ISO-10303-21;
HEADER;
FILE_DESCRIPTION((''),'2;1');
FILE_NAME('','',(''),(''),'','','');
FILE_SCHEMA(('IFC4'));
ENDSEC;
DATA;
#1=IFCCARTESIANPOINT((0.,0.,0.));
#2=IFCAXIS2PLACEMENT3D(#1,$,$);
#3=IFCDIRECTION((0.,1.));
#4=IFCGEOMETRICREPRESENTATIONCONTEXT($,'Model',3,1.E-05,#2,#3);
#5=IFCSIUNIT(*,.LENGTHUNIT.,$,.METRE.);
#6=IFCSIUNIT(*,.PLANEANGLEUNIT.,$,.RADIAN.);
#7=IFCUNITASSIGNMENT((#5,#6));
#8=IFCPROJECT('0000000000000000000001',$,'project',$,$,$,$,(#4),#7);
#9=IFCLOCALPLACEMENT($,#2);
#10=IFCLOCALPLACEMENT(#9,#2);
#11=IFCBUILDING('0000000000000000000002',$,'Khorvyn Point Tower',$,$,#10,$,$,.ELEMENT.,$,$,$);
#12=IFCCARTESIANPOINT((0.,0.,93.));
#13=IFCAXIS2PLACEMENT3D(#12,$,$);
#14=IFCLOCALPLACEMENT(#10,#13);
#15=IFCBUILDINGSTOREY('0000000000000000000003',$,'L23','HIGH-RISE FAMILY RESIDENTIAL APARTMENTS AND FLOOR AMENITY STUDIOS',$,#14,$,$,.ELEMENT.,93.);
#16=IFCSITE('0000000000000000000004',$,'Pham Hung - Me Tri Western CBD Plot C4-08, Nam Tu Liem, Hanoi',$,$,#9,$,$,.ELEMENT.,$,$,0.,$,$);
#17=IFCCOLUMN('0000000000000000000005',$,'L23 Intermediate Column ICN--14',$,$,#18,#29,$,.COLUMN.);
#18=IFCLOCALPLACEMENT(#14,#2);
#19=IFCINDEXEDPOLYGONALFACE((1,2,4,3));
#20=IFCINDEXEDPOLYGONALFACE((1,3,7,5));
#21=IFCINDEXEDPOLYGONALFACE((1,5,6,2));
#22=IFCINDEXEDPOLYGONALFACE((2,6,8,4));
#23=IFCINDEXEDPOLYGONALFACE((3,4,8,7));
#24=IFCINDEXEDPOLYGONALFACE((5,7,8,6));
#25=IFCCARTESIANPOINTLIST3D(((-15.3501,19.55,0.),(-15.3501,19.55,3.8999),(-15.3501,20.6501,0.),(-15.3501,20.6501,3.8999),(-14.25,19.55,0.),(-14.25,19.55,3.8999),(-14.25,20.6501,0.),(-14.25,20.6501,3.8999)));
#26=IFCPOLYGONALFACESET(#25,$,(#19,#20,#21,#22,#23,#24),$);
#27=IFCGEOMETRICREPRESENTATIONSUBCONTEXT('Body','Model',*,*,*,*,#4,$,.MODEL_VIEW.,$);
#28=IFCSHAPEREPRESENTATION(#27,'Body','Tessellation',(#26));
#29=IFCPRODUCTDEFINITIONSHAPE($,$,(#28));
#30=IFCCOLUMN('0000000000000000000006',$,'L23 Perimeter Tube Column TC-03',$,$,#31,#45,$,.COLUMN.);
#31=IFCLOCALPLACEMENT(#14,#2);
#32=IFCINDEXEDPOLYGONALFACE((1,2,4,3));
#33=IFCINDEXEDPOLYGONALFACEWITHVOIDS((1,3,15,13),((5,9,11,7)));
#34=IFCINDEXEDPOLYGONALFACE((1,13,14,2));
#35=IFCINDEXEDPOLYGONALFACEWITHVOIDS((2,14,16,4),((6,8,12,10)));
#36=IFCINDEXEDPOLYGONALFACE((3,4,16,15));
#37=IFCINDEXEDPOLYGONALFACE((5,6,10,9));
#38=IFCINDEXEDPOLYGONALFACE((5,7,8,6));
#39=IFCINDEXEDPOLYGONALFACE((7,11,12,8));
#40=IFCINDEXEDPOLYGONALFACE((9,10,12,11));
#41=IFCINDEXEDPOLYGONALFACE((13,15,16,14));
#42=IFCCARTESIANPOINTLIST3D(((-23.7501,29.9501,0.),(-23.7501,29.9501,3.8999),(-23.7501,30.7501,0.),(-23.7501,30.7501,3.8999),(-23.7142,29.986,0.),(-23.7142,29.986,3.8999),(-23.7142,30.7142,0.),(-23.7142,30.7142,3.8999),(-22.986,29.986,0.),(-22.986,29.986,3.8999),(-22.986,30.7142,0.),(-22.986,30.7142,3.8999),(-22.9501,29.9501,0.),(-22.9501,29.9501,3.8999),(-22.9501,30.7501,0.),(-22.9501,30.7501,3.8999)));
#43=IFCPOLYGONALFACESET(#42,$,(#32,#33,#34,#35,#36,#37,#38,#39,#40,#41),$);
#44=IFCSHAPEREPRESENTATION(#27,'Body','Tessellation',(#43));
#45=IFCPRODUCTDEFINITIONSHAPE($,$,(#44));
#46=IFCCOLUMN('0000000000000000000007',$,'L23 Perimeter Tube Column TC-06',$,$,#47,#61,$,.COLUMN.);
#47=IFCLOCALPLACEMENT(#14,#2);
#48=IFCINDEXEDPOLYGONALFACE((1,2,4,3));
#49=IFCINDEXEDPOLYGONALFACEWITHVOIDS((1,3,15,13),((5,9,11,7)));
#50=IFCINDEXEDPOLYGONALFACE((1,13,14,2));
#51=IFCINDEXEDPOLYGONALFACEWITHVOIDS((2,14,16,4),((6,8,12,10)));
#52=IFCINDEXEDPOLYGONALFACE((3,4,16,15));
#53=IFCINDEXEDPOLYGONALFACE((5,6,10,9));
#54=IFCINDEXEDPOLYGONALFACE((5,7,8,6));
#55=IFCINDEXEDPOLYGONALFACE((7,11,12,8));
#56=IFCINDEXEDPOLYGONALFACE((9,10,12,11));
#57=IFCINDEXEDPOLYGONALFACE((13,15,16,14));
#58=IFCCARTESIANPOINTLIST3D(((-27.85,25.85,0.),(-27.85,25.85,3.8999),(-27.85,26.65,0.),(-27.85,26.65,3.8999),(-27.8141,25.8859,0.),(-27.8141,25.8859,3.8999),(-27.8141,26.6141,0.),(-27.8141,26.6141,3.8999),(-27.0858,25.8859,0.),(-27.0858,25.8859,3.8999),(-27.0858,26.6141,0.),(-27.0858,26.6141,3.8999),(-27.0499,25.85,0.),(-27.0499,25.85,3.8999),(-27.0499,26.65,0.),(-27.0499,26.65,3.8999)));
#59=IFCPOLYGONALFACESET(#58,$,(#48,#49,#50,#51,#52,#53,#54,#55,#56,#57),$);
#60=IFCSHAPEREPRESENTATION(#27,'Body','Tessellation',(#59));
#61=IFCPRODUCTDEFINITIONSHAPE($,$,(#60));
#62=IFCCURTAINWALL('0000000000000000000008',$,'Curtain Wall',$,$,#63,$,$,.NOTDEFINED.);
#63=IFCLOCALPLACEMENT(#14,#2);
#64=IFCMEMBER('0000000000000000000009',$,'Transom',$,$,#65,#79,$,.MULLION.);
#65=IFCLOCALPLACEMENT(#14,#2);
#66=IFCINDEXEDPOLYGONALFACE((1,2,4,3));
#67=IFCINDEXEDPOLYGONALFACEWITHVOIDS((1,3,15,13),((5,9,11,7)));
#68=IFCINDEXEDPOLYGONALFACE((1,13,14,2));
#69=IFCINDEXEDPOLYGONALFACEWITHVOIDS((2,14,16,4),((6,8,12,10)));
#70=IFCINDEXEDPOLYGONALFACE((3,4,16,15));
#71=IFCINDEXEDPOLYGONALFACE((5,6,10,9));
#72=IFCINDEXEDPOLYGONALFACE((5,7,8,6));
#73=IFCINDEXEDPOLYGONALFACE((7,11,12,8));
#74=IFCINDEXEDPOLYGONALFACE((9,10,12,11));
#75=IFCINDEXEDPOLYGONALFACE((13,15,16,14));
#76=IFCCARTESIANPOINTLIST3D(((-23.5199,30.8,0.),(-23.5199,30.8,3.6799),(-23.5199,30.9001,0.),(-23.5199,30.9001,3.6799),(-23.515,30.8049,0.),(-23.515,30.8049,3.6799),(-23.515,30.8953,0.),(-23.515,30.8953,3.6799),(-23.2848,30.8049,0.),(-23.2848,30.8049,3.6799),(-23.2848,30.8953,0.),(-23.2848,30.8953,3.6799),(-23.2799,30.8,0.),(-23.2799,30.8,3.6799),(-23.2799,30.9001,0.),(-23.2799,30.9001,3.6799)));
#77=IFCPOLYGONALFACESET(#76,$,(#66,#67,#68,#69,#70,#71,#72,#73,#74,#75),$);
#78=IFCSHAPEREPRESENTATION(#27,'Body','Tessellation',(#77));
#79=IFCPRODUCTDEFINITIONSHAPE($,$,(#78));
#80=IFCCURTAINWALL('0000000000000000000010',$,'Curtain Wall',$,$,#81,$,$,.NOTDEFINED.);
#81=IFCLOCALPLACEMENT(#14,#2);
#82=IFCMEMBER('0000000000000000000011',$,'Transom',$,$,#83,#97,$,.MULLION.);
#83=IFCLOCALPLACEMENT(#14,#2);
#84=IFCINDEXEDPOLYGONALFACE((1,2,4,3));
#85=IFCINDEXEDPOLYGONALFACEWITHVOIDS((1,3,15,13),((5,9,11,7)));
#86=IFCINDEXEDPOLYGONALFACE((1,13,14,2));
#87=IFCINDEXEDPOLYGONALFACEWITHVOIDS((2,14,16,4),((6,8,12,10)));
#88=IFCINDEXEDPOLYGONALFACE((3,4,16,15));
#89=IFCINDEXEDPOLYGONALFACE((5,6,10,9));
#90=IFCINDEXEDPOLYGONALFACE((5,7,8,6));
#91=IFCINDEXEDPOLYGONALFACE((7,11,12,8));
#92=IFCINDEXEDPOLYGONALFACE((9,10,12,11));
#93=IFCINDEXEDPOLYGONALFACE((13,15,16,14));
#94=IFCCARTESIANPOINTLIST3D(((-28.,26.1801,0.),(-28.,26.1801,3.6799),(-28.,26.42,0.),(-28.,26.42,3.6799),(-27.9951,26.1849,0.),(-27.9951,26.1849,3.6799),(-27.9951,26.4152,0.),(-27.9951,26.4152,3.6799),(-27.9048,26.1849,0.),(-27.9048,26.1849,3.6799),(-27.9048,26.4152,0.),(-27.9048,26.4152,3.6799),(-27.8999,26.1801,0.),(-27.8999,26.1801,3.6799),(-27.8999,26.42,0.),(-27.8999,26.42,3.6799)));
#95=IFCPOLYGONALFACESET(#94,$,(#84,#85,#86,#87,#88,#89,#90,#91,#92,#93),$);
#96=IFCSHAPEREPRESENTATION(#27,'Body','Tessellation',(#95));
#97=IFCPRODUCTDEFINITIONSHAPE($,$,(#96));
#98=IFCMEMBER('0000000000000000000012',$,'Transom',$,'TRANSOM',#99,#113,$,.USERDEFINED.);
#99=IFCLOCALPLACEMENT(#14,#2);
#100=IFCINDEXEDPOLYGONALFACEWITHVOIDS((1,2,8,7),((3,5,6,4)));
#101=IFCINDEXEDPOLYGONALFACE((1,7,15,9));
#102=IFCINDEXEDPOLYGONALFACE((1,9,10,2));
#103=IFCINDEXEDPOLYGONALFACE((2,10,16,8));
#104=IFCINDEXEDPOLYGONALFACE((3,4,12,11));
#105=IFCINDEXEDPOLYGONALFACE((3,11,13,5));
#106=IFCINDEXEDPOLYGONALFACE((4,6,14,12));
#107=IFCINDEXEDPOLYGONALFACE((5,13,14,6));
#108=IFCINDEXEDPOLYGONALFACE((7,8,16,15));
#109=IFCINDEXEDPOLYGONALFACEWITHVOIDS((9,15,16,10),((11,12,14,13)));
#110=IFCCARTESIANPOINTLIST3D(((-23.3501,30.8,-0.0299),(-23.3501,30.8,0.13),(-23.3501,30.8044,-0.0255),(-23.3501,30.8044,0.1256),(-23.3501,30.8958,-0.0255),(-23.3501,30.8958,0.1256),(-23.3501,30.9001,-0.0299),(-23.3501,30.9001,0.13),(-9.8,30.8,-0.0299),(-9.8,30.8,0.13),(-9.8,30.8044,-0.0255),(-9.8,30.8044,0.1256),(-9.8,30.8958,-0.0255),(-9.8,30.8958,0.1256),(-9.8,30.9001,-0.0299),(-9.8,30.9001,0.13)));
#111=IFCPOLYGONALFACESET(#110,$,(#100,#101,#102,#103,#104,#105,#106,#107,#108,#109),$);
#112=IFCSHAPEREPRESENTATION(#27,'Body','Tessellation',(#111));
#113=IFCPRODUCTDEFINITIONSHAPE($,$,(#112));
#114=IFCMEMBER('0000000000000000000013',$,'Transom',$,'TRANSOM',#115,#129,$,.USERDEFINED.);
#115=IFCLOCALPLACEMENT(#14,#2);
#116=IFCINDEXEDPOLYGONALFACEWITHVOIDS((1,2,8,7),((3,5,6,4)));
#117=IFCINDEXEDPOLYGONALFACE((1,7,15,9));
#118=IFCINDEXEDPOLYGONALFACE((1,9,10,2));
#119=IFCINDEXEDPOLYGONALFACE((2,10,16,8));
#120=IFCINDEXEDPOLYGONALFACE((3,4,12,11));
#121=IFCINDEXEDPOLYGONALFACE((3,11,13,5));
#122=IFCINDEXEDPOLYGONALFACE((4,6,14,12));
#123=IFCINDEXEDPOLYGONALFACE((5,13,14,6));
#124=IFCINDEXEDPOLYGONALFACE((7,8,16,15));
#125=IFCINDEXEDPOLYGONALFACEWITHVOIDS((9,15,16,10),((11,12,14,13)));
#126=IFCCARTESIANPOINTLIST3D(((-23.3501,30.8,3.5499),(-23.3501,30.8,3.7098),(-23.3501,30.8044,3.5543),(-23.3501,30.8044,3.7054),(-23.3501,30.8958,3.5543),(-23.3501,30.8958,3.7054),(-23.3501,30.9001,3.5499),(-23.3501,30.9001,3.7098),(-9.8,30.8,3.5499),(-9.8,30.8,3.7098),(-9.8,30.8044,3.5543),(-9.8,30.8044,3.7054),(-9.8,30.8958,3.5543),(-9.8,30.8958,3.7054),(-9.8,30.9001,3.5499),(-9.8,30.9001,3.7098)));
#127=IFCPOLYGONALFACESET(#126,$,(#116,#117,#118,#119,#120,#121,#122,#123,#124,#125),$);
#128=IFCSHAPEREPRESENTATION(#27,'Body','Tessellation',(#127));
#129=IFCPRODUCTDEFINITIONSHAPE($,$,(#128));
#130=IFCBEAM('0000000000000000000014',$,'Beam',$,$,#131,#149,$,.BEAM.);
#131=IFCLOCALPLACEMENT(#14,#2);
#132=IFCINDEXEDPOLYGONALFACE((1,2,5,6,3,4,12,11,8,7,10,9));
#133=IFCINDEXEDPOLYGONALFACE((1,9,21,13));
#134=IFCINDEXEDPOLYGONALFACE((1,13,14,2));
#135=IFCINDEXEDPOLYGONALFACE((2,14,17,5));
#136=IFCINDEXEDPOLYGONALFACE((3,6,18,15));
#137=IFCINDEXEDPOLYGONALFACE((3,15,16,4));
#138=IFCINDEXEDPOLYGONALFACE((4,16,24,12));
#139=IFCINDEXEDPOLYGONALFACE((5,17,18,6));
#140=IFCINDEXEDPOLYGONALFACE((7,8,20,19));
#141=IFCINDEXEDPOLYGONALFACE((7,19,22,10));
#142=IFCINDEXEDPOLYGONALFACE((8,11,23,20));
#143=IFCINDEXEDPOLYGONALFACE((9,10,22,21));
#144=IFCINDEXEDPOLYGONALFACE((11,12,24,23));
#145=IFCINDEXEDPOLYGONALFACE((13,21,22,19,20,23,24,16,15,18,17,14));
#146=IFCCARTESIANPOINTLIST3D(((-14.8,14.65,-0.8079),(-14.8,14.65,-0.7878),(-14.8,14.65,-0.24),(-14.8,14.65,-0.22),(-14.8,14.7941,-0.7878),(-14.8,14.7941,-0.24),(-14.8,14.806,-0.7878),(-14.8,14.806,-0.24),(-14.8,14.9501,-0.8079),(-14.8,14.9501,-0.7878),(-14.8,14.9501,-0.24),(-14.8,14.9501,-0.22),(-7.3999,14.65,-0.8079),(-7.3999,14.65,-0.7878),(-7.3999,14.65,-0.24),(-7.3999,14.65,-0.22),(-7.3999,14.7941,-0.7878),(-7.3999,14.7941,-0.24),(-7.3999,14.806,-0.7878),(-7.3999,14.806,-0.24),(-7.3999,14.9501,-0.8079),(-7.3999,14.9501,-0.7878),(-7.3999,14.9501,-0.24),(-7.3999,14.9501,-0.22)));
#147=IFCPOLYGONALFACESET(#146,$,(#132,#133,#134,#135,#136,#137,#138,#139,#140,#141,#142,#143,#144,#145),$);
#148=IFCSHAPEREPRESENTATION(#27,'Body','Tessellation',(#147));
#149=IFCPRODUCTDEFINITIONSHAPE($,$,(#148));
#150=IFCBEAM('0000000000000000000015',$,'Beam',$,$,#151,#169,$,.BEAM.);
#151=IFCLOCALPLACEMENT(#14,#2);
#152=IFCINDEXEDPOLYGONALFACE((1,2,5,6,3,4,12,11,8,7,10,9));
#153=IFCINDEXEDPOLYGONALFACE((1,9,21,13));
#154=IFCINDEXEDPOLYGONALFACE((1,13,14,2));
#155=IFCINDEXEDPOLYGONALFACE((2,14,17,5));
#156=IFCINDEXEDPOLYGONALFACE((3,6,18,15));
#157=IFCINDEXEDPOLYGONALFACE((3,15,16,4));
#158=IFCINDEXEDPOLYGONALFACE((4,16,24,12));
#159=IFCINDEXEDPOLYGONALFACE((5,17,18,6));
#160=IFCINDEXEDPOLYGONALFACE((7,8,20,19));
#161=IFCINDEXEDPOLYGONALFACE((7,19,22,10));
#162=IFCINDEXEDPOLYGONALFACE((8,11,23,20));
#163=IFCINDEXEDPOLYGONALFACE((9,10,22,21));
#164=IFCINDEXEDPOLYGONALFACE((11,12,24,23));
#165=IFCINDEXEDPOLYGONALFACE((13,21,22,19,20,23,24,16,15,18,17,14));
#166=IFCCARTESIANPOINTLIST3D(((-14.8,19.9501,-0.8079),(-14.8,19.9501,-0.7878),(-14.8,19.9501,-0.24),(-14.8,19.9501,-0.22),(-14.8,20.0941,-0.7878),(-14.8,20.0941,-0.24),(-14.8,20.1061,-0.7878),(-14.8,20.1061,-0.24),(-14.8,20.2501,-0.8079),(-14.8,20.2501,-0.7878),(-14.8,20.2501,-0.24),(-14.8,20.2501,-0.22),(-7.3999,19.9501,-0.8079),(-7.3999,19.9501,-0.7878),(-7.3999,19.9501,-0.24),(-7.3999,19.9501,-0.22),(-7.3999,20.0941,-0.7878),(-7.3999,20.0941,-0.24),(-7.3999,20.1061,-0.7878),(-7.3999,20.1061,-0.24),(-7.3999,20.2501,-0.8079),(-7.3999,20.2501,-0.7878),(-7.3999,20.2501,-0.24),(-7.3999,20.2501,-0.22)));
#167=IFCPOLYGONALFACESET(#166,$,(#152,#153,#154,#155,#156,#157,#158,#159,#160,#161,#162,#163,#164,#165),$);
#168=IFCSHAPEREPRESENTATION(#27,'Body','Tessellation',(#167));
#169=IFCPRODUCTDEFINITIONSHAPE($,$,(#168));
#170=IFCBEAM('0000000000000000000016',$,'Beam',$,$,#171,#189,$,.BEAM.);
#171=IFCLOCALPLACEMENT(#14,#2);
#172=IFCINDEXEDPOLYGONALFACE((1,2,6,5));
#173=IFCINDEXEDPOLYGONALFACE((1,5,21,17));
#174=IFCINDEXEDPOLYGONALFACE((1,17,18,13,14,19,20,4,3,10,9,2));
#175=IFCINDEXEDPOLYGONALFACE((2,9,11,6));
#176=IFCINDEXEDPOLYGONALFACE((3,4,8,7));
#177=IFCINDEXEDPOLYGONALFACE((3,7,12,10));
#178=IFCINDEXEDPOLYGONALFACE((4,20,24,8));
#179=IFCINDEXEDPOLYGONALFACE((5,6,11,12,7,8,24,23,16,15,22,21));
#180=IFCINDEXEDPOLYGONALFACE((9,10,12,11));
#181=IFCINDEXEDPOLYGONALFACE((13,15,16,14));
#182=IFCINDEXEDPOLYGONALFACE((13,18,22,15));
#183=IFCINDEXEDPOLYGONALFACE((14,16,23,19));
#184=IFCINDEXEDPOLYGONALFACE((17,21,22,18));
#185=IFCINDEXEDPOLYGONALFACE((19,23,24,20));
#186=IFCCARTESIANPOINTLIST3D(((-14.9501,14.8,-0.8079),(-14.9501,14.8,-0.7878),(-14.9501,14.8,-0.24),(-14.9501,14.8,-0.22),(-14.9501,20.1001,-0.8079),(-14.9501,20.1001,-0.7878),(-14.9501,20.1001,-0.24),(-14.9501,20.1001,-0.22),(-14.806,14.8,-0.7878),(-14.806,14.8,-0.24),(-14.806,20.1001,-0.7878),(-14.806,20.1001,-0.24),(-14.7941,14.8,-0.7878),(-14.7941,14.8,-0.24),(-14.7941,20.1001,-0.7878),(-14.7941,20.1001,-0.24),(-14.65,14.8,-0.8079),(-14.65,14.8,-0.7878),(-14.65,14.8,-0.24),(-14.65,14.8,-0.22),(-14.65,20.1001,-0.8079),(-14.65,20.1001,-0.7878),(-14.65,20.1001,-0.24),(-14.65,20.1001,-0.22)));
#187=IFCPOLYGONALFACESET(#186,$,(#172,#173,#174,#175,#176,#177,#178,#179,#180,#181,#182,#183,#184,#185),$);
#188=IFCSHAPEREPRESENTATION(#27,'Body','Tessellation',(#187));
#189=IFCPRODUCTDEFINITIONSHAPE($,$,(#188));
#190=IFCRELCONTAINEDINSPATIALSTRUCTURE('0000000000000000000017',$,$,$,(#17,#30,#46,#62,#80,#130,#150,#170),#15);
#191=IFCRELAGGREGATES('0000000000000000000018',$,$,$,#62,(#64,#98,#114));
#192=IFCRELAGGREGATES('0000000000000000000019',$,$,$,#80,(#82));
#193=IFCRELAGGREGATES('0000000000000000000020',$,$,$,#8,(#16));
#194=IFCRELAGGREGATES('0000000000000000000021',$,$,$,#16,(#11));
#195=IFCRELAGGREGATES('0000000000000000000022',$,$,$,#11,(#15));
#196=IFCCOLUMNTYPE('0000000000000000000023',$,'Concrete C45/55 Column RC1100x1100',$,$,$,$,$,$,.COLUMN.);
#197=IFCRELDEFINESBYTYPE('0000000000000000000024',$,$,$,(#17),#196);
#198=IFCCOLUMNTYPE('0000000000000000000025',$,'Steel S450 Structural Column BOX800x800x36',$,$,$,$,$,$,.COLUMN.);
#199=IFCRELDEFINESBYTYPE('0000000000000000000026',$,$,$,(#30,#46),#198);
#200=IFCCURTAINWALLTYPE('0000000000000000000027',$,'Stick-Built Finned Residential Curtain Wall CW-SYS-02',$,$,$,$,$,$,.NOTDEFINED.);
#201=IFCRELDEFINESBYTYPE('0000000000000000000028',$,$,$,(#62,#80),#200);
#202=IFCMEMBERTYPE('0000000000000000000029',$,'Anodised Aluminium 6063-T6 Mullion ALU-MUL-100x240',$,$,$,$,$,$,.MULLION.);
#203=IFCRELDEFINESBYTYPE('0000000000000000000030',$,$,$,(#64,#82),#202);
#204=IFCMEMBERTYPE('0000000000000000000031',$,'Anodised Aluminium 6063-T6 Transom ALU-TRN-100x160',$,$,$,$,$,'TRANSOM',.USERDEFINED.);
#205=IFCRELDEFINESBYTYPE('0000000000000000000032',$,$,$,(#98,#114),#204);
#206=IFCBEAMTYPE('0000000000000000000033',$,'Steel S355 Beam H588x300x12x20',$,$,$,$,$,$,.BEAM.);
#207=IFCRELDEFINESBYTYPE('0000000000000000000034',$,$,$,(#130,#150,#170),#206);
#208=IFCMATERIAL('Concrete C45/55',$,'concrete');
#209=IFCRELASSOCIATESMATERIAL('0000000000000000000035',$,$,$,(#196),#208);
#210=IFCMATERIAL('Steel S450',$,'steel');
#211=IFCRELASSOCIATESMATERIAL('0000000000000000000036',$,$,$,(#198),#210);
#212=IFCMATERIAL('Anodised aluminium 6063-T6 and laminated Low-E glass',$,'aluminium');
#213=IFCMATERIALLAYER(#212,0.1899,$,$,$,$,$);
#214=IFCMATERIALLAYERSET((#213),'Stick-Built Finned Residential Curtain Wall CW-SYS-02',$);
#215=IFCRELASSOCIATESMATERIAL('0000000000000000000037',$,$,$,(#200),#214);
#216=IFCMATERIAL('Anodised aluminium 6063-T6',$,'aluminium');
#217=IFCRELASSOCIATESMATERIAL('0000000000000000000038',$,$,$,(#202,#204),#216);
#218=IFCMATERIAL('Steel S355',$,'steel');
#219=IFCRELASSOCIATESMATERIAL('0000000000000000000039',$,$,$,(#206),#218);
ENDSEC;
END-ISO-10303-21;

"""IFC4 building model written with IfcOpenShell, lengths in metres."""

from ifc_helpers import new_model, si_unit, direction, frame, origin, origin_2d, place, context, subcontext, project, spatial, rectangle, hollow_rectangle, i_section, extrude, material, layer, layer_set, material_profile, profile_set, type_object, element, aggregate, save


model = new_model("IFC4")

# Units and contexts
model_context = context("Model", 3, precision=1e-05, world=origin(), true_north=direction((0.0, 1.0)))
body_context = subcontext(model_context, "Body", "Model", "MODEL_VIEW")
ifc_project = project(units=[si_unit("LENGTHUNIT", "METRE"), si_unit("PLANEANGLEUNIT", "RADIAN")], contexts=[model_context])

# Site, building, storey
site_placement = place(None, origin())
site = spatial("IfcSite", under=ifc_project, at=site_placement, Name="Pham Hung - Me Tri Western CBD Plot C4-08, Nam Tu Liem, Hanoi", CompositionType="ELEMENT", RefElevation=0.0)
building_placement = place(site_placement, origin())
building = spatial("IfcBuilding", under=site, at=building_placement, Name="Khorvyn Point Tower", CompositionType="ELEMENT")
storey_placement = place(building_placement, frame((0.0, 0.0, 93.0)))
storey = spatial("IfcBuildingStorey", under=building, at=storey_placement, Name="L23", Description="HIGH-RISE FAMILY RESIDENTIAL APARTMENTS AND FLOOR AMENITY STUDIOS", CompositionType="ELEMENT", Elevation=93.0)

# Columns
ifc_material_1 = material(Name="Concrete C45/55", Category="concrete")
ifc_material_profile_1 = material_profile(ifc_material_1, rectangle(XDim=1.1001, YDim=1.1001, at=origin_2d()))
ifc_profile_set_1 = profile_set([ifc_material_profile_1], Name="Concrete C45/55 RC1100x1100")
column_type_1 = type_object("IfcColumnType", Name="Concrete C45/55 Column RC1100x1100", PredefinedType="COLUMN", material=ifc_profile_set_1)
column_placement = place(storey_placement, frame((-14.8, 20.1001, 0.0), z_axis=(0.0, 0.0, 1.0), x_axis=(1.0, 0.0, 0.0)))
element("IfcColumn", 1, at=column_placement, inside=storey, type_object=column_type_1, Name="L23 Intermediate Column ICN--14", PredefinedType="COLUMN", context=body_context, shape_type="SweptSolid", body=[
    extrude(rectangle(XDim=1.1001, YDim=1.1001, at=origin_2d()), origin(), (0.0, 0.0, 1.0), 3.8999),
])
ifc_material_2 = material(Name="Steel S450", Category="steel")
ifc_material_profile_2 = material_profile(ifc_material_2, hollow_rectangle(XDim=0.8, YDim=0.8, WallThickness=0.0359, at=origin_2d()))
ifc_profile_set_2 = profile_set([ifc_material_profile_2], Name="Steel S450 BOX800x800x36")
column_type_2 = type_object("IfcColumnType", Name="Steel S450 Structural Column BOX800x800x36", PredefinedType="COLUMN", material=ifc_profile_set_2)
for number, where, z_axis, x_axis, name in (
    (2, (-23.3501, 30.3501, 0.0), (0.0, 0.0, 1.0), (1.0, 0.0, 0.0), "L23 Perimeter Tube Column TC-03"),
    (3, (-27.45, 26.25, 0.0), (0.0, 0.0, 1.0), (1.0, 0.0, 0.0), "L23 Perimeter Tube Column TC-06"),
):
    element("IfcColumn", number, at=place(storey_placement, frame(where, z_axis=z_axis, x_axis=x_axis)), inside=storey, type_object=column_type_2, Name=name, PredefinedType="COLUMN", context=body_context, shape_type="SweptSolid", body=[
        extrude(hollow_rectangle(XDim=0.8, YDim=0.8, WallThickness=0.0359, at=origin_2d()), origin(), (0.0, 0.0, 1.0), 3.8999),
    ])

# Curtain walls, members
ifc_material_3 = material(Name="Anodised aluminium 6063-T6 and laminated Low-E glass", Category="aluminium")
ifc_layer_1 = layer(ifc_material_3, 0.1899)
ifc_layer_set_1 = layer_set([ifc_layer_1], Name="Stick-Built Finned Residential Curtain Wall CW-SYS-02")
curtain_wall_type = type_object("IfcCurtainWallType", Name="Stick-Built Finned Residential Curtain Wall CW-SYS-02", PredefinedType="NOTDEFINED", material=ifc_layer_set_1)
curtain_wall_1_placement = place(storey_placement, origin())
curtain_wall_1 = element("IfcCurtainWall", 4, at=curtain_wall_1_placement, inside=storey, type_object=curtain_wall_type, Name="Curtain Wall", PredefinedType="NOTDEFINED")
ifc_material_4 = material(Name="Anodised aluminium 6063-T6", Category="aluminium")
ifc_material_profile_3 = material_profile(ifc_material_4, hollow_rectangle(XDim=0.1001, YDim=0.24, WallThickness=0.0049, at=origin_2d()))
ifc_profile_set_3 = profile_set([ifc_material_profile_3], Name="Anodised aluminium 6063-T6 ALU-MUL-100x240")
member_type_1 = type_object("IfcMemberType", Name="Anodised Aluminium 6063-T6 Mullion ALU-MUL-100x240", PredefinedType="MULLION", material=ifc_profile_set_3)
member_1_placement = place(storey_placement, frame((-23.3999, 30.8501, 0.0), z_axis=(0.0, 0.0, 1.0), x_axis=(0.0, 1.0, 0.0)))
member_1 = element("IfcMember", 5, at=member_1_placement, type_object=member_type_1, Name="Transom", PredefinedType="MULLION", context=body_context, shape_type="SweptSolid", body=[
    extrude(hollow_rectangle(XDim=0.1001, YDim=0.24, WallThickness=0.0049, at=origin_2d()), origin(), (0.0, 0.0, 1.0), 3.6799),
])
curtain_wall_2_placement = place(storey_placement, origin())
curtain_wall_2 = element("IfcCurtainWall", 6, at=curtain_wall_2_placement, inside=storey, type_object=curtain_wall_type, Name="Curtain Wall", PredefinedType="NOTDEFINED")
member_2_placement = place(storey_placement, frame((-27.95, 26.3, 0.0), z_axis=(0.0, 0.0, 1.0), x_axis=(-1.0, 0.0, 0.0)))
member_2 = element("IfcMember", 7, at=member_2_placement, type_object=member_type_1, Name="Transom", PredefinedType="MULLION", context=body_context, shape_type="SweptSolid", body=[
    extrude(hollow_rectangle(XDim=0.1001, YDim=0.24, WallThickness=0.0049, at=origin_2d()), origin(), (0.0, 0.0, 1.0), 3.6799),
])

# Members
ifc_material_profile_4 = material_profile(ifc_material_4, hollow_rectangle(XDim=0.1001, YDim=0.1599, WallThickness=0.0044, at=origin_2d()))
ifc_profile_set_4 = profile_set([ifc_material_profile_4], Name="Anodised aluminium 6063-T6 ALU-TRN-100x160")
member_type_2 = type_object("IfcMemberType", Name="Anodised Aluminium 6063-T6 Transom ALU-TRN-100x160", ElementType="TRANSOM", PredefinedType="USERDEFINED", material=ifc_profile_set_4)
member_3_placement = place(storey_placement, frame((-23.3501, 30.8501, 0.05), z_axis=(1.0, 0.0, 0.0), x_axis=(0.0, 1.0, 0.0)))
member_3 = element("IfcMember", 8, at=member_3_placement, type_object=member_type_2, Name="Transom", ObjectType="TRANSOM", PredefinedType="USERDEFINED", context=body_context, shape_type="SweptSolid", body=[
    extrude(hollow_rectangle(XDim=0.1001, YDim=0.1599, WallThickness=0.0044, at=origin_2d()), origin(), (0.0, 0.0, 1.0), 13.55),
])
member_4_placement = place(storey_placement, frame((-23.3501, 30.8501, 3.6299), z_axis=(1.0, 0.0, 0.0), x_axis=(0.0, 1.0, 0.0)))
member_4 = element("IfcMember", 9, at=member_4_placement, type_object=member_type_2, Name="Transom", ObjectType="TRANSOM", PredefinedType="USERDEFINED", context=body_context, shape_type="SweptSolid", body=[
    extrude(hollow_rectangle(XDim=0.1001, YDim=0.1599, WallThickness=0.0044, at=origin_2d()), origin(), (0.0, 0.0, 1.0), 13.55),
])

# Beams
ifc_material_5 = material(Name="Steel S355", Category="steel")
ifc_material_profile_5 = material_profile(ifc_material_5, i_section(OverallWidth=0.3, OverallDepth=0.5879, WebThickness=0.012, FlangeThickness=0.02, at=origin_2d()))
ifc_profile_set_5 = profile_set([ifc_material_profile_5], Name="Steel S355 H588x300x12x20")
beam_type_1 = type_object("IfcBeamType", Name="Steel S355 Beam H588x300x12x20", PredefinedType="BEAM", material=ifc_profile_set_5)
for number, where, z_axis, x_axis, name in (
    (10, (-14.8, 14.8, -0.5139), (1.0, 0.0, 0.0), (0.0, 1.0, 0.0), "Beam"),
    (11, (-14.8, 20.1001, -0.5139), (1.0, 0.0, 0.0), (0.0, 1.0, 0.0), "Beam"),
):
    element("IfcBeam", number, at=place(storey_placement, frame(where, z_axis=z_axis, x_axis=x_axis)), inside=storey, type_object=beam_type_1, Name=name, PredefinedType="BEAM", context=body_context, shape_type="SweptSolid", body=[
        extrude(i_section(OverallWidth=0.3, OverallDepth=0.5879, WebThickness=0.012, FlangeThickness=0.02, at=origin_2d()), origin(), (0.0, 0.0, 1.0), 7.4001),
    ])
beam_1_placement = place(storey_placement, frame((-14.8, 14.8, -0.5139), z_axis=(0.0, 1.0, 0.0), x_axis=(-1.0, 0.0, 0.0)))
element("IfcBeam", 12, at=beam_1_placement, inside=storey, type_object=beam_type_1, Name="Beam", PredefinedType="BEAM", context=body_context, shape_type="SweptSolid", body=[
    extrude(i_section(OverallWidth=0.3, OverallDepth=0.5879, WebThickness=0.012, FlangeThickness=0.02, at=origin_2d()), origin(), (0.0, 0.0, 1.0), 5.3),
])

aggregate(curtain_wall_1, [member_1, member_3, member_4])
aggregate(curtain_wall_2, [member_2])

save(model, "model.ifc")
